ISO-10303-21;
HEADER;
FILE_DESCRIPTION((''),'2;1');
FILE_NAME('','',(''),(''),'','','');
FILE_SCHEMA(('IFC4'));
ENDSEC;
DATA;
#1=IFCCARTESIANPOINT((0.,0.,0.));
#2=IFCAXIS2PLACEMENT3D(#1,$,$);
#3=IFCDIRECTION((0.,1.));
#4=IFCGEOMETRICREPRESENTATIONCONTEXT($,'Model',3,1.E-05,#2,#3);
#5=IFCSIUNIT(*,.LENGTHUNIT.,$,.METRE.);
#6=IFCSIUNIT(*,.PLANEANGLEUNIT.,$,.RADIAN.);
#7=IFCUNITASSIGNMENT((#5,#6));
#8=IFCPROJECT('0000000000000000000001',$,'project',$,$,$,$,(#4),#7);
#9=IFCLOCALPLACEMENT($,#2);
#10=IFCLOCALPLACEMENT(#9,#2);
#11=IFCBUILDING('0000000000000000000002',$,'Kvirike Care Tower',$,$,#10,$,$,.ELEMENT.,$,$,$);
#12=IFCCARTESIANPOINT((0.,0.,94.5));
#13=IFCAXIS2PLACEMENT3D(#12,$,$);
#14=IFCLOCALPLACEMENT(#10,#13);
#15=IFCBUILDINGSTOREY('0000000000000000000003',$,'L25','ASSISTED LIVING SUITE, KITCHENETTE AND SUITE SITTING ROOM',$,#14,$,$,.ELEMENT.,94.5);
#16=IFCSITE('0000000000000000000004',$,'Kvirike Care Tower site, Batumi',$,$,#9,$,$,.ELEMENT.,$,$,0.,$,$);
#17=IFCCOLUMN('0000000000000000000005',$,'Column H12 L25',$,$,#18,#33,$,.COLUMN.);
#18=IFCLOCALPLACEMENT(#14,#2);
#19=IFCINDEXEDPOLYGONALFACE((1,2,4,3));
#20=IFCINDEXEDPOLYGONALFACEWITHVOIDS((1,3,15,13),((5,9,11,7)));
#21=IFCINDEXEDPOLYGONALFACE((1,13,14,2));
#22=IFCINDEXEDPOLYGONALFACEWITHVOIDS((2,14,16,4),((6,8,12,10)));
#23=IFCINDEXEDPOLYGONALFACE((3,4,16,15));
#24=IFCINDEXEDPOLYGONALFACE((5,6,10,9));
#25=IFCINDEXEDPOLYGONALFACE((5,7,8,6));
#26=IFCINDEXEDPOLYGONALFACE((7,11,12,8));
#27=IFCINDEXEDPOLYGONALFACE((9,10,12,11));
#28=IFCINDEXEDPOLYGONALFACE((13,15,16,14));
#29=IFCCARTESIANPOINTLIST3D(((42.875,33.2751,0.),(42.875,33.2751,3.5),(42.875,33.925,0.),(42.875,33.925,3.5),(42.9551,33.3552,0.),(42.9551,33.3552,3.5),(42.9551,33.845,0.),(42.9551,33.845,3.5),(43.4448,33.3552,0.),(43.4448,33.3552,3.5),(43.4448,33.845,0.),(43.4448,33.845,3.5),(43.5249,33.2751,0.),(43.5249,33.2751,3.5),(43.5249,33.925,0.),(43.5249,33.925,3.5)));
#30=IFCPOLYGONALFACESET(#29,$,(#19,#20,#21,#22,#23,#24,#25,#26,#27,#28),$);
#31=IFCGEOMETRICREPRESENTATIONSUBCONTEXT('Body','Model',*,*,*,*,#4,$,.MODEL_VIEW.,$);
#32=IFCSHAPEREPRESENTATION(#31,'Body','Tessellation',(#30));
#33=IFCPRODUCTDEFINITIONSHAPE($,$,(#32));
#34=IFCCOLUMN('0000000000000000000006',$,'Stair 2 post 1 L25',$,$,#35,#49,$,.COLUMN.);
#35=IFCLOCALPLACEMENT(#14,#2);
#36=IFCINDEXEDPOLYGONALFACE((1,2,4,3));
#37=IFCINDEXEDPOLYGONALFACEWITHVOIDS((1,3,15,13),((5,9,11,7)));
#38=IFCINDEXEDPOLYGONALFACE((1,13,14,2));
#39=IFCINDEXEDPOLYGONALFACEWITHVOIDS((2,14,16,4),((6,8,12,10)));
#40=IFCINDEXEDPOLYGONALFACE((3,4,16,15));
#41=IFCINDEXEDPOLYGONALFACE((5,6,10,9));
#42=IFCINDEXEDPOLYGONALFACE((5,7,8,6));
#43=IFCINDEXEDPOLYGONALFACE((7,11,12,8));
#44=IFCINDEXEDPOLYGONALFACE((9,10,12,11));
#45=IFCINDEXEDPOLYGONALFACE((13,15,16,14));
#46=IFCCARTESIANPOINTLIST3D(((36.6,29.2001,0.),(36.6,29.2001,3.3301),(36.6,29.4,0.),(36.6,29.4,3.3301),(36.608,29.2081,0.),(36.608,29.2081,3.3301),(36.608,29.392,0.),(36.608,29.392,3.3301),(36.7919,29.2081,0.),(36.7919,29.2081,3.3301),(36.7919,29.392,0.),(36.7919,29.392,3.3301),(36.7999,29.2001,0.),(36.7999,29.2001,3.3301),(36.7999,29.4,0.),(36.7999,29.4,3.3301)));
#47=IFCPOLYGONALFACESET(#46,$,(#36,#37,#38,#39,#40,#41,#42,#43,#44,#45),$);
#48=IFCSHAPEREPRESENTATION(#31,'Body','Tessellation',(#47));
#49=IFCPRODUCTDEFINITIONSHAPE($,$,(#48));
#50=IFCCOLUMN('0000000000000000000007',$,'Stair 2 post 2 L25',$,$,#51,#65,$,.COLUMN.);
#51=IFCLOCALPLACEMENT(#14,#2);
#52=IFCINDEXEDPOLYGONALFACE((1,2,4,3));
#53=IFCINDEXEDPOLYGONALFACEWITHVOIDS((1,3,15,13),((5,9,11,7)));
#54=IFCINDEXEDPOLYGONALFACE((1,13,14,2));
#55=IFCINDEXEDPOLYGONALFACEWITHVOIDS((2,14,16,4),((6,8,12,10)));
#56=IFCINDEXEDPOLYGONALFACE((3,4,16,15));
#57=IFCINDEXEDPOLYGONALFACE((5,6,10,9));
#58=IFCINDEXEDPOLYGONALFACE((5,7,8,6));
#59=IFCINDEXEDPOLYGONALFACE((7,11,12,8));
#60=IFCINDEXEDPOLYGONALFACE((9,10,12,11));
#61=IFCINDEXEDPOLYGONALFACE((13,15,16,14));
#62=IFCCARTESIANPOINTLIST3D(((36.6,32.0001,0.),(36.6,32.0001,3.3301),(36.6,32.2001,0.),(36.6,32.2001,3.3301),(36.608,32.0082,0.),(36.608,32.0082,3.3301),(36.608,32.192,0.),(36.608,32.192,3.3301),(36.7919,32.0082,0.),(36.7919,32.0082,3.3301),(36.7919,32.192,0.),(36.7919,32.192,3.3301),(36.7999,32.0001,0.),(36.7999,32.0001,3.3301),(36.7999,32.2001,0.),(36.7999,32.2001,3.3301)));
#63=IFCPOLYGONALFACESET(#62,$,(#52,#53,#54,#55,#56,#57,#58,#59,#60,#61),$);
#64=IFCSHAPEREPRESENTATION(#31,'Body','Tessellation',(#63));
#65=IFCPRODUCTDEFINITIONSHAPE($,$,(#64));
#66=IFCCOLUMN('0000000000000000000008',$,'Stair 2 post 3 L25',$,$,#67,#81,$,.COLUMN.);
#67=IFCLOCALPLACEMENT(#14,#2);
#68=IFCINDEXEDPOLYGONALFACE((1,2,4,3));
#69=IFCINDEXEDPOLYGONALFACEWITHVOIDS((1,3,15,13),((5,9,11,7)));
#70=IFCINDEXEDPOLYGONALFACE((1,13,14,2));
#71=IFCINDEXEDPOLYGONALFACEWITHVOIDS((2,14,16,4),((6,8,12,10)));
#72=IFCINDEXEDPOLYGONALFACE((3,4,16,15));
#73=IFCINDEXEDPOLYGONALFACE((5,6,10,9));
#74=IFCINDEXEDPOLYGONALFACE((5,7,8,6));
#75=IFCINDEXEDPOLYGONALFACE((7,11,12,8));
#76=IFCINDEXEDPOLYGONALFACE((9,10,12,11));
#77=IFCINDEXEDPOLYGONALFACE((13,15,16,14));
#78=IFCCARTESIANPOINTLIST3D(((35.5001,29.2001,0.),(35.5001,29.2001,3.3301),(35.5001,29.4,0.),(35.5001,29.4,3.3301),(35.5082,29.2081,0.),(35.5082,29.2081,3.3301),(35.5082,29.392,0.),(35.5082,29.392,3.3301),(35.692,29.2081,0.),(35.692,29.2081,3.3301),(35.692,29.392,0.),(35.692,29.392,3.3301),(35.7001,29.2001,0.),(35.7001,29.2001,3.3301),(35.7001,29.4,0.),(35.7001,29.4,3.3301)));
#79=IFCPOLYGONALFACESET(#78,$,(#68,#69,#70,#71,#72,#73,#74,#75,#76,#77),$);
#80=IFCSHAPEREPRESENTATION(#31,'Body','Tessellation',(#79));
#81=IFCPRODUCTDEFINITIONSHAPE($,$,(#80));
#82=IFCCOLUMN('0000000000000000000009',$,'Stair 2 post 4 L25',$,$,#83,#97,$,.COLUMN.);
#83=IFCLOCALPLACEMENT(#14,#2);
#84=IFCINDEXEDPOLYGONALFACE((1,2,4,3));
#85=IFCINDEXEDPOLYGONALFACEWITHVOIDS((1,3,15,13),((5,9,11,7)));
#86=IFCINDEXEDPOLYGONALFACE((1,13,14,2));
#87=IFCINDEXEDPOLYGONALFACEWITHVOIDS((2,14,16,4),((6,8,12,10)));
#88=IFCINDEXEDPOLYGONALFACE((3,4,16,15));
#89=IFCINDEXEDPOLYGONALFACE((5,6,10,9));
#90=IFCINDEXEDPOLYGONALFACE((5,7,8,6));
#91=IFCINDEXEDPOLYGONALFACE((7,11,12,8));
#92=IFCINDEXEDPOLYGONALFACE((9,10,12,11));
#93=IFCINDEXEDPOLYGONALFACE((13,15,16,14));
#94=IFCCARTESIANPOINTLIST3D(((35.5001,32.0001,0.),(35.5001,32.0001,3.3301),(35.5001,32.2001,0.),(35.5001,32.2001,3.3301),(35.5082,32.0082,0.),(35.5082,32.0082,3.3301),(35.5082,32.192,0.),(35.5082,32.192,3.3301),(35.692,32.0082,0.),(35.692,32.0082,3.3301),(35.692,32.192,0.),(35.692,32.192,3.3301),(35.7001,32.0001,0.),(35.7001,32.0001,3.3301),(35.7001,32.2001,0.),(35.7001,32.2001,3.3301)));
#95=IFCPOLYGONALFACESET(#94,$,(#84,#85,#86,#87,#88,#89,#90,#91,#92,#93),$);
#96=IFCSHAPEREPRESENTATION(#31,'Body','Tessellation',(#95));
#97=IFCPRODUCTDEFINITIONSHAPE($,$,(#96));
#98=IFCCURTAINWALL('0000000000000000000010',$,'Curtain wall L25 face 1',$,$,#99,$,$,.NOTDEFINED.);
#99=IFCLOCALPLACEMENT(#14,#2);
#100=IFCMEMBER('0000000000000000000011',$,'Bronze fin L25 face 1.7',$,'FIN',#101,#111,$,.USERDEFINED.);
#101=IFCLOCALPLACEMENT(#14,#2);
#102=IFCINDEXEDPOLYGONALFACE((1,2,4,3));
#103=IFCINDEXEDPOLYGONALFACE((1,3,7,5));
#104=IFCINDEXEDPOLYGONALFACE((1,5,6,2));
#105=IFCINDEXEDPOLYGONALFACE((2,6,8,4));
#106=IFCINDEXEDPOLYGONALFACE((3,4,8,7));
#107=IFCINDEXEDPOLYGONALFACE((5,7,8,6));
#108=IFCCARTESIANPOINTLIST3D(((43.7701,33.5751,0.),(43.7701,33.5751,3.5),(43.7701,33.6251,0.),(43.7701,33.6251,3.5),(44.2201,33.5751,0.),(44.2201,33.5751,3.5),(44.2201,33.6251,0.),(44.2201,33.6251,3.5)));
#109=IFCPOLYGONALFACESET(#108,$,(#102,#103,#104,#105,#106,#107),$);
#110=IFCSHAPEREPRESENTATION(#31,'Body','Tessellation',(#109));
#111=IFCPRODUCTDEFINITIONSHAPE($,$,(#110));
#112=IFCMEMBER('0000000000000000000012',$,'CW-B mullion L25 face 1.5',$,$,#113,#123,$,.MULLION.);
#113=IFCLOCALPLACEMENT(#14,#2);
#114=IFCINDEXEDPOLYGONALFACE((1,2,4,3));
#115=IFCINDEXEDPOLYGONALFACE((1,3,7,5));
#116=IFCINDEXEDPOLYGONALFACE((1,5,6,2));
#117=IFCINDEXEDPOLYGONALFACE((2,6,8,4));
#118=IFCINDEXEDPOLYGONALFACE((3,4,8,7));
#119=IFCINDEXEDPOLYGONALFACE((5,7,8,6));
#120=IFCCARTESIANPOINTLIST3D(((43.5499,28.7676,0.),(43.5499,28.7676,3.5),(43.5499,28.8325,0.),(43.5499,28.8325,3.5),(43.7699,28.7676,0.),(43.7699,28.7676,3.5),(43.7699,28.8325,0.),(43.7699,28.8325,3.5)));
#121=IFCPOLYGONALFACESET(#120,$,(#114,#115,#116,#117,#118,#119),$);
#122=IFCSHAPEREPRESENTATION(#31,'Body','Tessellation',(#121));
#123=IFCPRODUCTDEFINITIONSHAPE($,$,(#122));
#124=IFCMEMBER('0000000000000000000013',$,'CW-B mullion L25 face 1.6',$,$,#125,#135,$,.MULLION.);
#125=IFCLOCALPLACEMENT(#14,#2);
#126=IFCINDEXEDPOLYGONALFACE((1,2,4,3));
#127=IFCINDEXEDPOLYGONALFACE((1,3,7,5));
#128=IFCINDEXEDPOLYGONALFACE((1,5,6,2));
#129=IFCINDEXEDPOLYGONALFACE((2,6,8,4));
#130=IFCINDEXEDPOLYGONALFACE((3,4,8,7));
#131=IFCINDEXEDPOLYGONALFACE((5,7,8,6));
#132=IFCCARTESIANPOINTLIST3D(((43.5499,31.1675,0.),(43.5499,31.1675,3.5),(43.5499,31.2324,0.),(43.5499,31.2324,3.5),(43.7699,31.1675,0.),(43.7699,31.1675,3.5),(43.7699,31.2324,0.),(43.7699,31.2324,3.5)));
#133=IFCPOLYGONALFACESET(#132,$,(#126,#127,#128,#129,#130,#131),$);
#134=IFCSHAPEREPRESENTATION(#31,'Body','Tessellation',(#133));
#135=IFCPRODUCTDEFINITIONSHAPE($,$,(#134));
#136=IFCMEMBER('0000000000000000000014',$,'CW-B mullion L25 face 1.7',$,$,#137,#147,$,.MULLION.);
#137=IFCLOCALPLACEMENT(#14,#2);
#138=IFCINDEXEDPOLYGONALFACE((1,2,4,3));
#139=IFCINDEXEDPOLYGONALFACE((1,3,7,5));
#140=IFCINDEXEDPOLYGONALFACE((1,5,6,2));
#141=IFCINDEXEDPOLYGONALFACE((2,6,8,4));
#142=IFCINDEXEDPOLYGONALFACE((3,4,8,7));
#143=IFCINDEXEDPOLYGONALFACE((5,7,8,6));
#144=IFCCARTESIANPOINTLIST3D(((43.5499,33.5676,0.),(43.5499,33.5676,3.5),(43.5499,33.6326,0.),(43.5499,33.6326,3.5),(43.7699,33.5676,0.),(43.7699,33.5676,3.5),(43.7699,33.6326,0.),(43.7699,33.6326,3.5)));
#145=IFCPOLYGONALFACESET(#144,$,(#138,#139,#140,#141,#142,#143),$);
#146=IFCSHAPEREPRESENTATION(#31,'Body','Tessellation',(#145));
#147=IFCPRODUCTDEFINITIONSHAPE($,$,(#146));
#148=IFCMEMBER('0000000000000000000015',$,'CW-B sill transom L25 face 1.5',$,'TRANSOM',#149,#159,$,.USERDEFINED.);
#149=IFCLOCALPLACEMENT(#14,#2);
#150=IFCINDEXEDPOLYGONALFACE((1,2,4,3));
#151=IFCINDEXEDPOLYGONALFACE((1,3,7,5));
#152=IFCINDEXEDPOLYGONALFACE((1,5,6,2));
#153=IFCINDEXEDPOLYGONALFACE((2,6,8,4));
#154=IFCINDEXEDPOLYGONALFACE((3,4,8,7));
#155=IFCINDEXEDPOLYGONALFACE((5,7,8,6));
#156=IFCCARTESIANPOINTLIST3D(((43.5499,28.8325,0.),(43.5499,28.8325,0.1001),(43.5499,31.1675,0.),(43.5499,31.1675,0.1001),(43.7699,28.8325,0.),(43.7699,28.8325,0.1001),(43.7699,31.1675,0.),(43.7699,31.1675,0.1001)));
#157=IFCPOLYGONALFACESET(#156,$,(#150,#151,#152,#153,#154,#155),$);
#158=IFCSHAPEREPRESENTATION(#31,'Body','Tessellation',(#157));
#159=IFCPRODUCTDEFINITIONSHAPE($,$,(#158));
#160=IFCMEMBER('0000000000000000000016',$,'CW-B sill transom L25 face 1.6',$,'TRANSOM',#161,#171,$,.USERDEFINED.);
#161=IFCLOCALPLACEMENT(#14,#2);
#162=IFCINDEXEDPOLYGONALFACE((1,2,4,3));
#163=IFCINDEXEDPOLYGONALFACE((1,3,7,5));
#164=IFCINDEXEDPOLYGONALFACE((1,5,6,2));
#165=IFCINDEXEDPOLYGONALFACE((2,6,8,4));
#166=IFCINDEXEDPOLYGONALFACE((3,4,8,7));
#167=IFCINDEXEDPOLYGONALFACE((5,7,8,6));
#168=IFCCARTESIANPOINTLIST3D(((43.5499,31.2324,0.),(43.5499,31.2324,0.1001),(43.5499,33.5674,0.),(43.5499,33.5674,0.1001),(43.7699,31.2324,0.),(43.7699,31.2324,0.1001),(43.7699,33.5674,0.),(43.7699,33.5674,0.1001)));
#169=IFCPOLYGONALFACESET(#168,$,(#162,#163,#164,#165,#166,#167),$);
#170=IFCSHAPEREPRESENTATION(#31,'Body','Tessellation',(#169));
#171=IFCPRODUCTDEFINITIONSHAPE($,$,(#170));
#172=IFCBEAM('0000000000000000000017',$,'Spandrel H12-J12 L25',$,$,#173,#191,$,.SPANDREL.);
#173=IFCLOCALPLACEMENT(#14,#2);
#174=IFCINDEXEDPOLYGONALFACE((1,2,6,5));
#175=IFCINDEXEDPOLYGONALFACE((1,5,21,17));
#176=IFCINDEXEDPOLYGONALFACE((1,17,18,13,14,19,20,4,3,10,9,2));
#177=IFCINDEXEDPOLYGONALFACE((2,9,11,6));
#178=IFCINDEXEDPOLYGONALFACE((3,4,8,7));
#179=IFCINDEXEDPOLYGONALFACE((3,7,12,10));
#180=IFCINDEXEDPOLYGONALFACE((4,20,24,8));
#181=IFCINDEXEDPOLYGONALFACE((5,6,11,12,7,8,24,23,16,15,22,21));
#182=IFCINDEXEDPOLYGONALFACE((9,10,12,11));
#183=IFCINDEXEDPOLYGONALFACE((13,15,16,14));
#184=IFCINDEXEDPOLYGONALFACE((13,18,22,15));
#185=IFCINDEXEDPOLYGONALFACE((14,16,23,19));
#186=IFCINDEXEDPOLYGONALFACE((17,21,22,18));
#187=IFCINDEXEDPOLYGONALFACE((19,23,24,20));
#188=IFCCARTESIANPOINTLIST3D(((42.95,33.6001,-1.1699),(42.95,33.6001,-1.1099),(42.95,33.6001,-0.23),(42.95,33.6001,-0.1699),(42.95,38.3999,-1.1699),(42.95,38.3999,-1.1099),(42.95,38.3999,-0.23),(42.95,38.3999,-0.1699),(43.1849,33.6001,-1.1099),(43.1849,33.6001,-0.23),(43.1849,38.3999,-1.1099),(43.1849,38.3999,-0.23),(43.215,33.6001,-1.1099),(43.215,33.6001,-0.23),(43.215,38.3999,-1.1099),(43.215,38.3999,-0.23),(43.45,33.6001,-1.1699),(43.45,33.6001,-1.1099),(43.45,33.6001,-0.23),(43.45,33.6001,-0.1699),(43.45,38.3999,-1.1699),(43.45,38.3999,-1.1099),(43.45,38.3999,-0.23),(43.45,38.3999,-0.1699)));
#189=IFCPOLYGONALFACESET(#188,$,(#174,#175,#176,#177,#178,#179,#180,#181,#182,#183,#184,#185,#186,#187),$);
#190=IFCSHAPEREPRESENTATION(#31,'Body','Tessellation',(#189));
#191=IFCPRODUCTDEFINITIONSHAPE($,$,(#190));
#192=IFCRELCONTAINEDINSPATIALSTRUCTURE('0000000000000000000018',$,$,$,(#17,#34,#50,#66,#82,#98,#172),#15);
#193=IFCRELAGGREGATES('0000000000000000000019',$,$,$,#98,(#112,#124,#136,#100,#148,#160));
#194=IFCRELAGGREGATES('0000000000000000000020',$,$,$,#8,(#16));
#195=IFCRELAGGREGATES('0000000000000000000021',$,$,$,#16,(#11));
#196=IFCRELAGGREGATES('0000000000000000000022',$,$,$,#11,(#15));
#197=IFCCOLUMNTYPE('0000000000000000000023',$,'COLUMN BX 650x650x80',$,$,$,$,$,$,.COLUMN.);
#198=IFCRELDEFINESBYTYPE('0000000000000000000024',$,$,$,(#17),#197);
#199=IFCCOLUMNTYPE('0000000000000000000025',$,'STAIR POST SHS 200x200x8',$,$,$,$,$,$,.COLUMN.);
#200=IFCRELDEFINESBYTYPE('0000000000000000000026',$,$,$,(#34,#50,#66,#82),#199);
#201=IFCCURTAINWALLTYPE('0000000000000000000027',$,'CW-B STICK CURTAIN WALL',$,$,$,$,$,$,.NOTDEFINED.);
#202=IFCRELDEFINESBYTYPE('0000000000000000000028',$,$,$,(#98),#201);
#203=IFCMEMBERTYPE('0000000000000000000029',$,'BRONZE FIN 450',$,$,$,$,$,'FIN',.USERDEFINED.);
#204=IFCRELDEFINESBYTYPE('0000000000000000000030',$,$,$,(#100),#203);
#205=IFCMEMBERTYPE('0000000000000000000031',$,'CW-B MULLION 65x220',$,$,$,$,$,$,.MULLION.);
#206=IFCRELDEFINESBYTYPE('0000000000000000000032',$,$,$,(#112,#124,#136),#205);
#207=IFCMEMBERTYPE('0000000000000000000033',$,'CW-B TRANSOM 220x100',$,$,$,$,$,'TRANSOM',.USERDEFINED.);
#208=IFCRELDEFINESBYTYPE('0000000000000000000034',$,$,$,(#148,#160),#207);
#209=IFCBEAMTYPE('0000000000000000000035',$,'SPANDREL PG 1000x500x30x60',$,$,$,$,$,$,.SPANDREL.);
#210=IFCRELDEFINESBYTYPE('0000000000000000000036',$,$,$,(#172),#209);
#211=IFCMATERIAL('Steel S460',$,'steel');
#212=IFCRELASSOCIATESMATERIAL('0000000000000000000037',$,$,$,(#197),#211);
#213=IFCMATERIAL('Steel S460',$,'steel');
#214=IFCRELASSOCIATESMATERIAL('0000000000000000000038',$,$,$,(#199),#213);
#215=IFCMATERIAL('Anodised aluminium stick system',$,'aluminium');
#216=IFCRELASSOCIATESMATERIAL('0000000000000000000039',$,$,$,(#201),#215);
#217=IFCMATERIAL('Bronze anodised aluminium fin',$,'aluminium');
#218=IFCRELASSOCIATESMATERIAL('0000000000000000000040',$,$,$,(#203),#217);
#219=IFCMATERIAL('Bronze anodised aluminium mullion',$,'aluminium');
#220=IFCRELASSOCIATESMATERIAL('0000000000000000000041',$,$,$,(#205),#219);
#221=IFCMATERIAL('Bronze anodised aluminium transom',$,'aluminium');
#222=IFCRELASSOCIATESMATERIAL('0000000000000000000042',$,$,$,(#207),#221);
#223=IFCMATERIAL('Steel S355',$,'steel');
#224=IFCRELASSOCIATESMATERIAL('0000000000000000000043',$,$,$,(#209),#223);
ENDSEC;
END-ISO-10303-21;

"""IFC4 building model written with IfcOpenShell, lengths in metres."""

from ifc_helpers import new_model, si_unit, direction, frame, origin, origin_2d, place, context, subcontext, project, spatial, rectangle, hollow_rectangle, i_section, extrude, material, material_profile, profile_set, type_object, element, aggregate, save


model = new_model("IFC4")

# Units and contexts
model_context = context("Model", 3, precision=1e-05, world=origin(), true_north=direction((0.0, 1.0)))
body_context = subcontext(model_context, "Body", "Model", "MODEL_VIEW")
ifc_project = project(units=[si_unit("LENGTHUNIT", "METRE"), si_unit("PLANEANGLEUNIT", "RADIAN")], contexts=[model_context])

# Site, building, storey
site_placement = place(None, origin())
site = spatial("IfcSite", under=ifc_project, at=site_placement, Name="Kvirike Care Tower site, Batumi", CompositionType="ELEMENT", RefElevation=0.0)
building_placement = place(site_placement, origin())
building = spatial("IfcBuilding", under=site, at=building_placement, Name="Kvirike Care Tower", CompositionType="ELEMENT")
storey_placement = place(building_placement, frame((0.0, 0.0, 94.5)))
storey = spatial("IfcBuildingStorey", under=building, at=storey_placement, Name="L25", Description="ASSISTED LIVING SUITE, KITCHENETTE AND SUITE SITTING ROOM", CompositionType="ELEMENT", Elevation=94.5)

# Columns
ifc_material_1 = material(Name="Steel S460", Category="steel")
ifc_material_profile_1 = material_profile(ifc_material_1, hollow_rectangle(XDim=0.6499, YDim=0.6499, WallThickness=0.0801, at=origin_2d()), Name="BX 650x650x80")
ifc_profile_set_1 = profile_set([ifc_material_profile_1], Name="Steel S460")
column_type_1 = type_object("IfcColumnType", Name="COLUMN BX 650x650x80", PredefinedType="COLUMN", material=ifc_profile_set_1)
column_placement = place(storey_placement, frame((43.2, 33.6001, 0.0), z_axis=(0.0, 0.0, 1.0), x_axis=(1.0, 0.0, 0.0)))
element("IfcColumn", 1, at=column_placement, inside=storey, type_object=column_type_1, Name="Column H12 L25", PredefinedType="COLUMN", context=body_context, shape_type="SweptSolid", body=[
    extrude(hollow_rectangle(XDim=0.6499, YDim=0.6499, WallThickness=0.0801, at=origin_2d()), origin(), (0.0, 0.0, 1.0), 3.5),
])
ifc_material_2 = material(Name="Steel S460", Category="steel")
ifc_material_profile_2 = material_profile(ifc_material_2, hollow_rectangle(XDim=0.2, YDim=0.2, WallThickness=0.0081, at=origin_2d()), Name="SHS 200x200x8")
ifc_profile_set_2 = profile_set([ifc_material_profile_2], Name="Steel S460")
column_type_2 = type_object("IfcColumnType", Name="STAIR POST SHS 200x200x8", PredefinedType="COLUMN", material=ifc_profile_set_2)
for number, where, z_axis, x_axis, name in (
    (2, (36.7, 29.3, 0.0), (0.0, 0.0, 1.0), (1.0, 0.0, 0.0), "Stair 2 post 1 L25"),
    (3, (36.7, 32.1001, 0.0), (0.0, 0.0, 1.0), (1.0, 0.0, 0.0), "Stair 2 post 2 L25"),
    (4, (35.6001, 29.3, 0.0), (0.0, 0.0, 1.0), (1.0, 0.0, 0.0), "Stair 2 post 3 L25"),
    (5, (35.6001, 32.1001, 0.0), (0.0, 0.0, 1.0), (1.0, 0.0, 0.0), "Stair 2 post 4 L25"),
):
    element("IfcColumn", number, at=place(storey_placement, frame(where, z_axis=z_axis, x_axis=x_axis)), inside=storey, type_object=column_type_2, Name=name, PredefinedType="COLUMN", context=body_context, shape_type="SweptSolid", body=[
        extrude(hollow_rectangle(XDim=0.2, YDim=0.2, WallThickness=0.0081, at=origin_2d()), origin(), (0.0, 0.0, 1.0), 3.3301),
    ])

# Curtain wall, members
ifc_material_3 = material(Name="Anodised aluminium stick system", Category="aluminium")
curtain_wall_type = type_object("IfcCurtainWallType", Name="CW-B STICK CURTAIN WALL", PredefinedType="NOTDEFINED", material=ifc_material_3)
curtain_wall_placement = place(storey_placement, origin())
curtain_wall = element("IfcCurtainWall", 6, at=curtain_wall_placement, inside=storey, type_object=curtain_wall_type, Name="Curtain wall L25 face 1", PredefinedType="NOTDEFINED")
ifc_material_4 = material(Name="Bronze anodised aluminium fin", Category="aluminium")
ifc_material_profile_3 = material_profile(ifc_material_4, rectangle(XDim=0.05, YDim=0.45, at=origin_2d()), Name="BRONZE FIN 450")
ifc_profile_set_3 = profile_set([ifc_material_profile_3], Name="Bronze anodised aluminium fin")
member_type_1 = type_object("IfcMemberType", Name="BRONZE FIN 450", ElementType="FIN", PredefinedType="USERDEFINED", material=ifc_profile_set_3)
member_1_placement = place(storey_placement, frame((43.9951, 33.6001, 0.0), z_axis=(0.0, 0.0, 1.0), x_axis=(0.0, 1.0, 0.0)))
member_1 = element("IfcMember", 7, at=member_1_placement, type_object=member_type_1, Name="Bronze fin L25 face 1.7", ObjectType="FIN", PredefinedType="USERDEFINED", context=body_context, shape_type="SweptSolid", body=[
    extrude(rectangle(XDim=0.05, YDim=0.45, at=origin_2d()), origin(), (0.0, 0.0, 1.0), 3.5),
])
ifc_material_5 = material(Name="Bronze anodised aluminium mullion", Category="aluminium")
ifc_material_profile_4 = material_profile(ifc_material_5, rectangle(XDim=0.0649, YDim=0.22, at=origin_2d()), Name="CW-B MULLION 65x220")
ifc_profile_set_4 = profile_set([ifc_material_profile_4], Name="Bronze anodised aluminium mullion")
member_type_2 = type_object("IfcMemberType", Name="CW-B MULLION 65x220", PredefinedType="MULLION", material=ifc_profile_set_4)
member_2_placement = place(storey_placement, frame((43.6599, 28.8, 0.0), z_axis=(0.0, 0.0, 1.0), x_axis=(0.0, 1.0, 0.0)))
member_2 = element("IfcMember", 8, at=member_2_placement, type_object=member_type_2, Name="CW-B mullion L25 face 1.5", PredefinedType="MULLION", context=body_context, shape_type="SweptSolid", body=[
    extrude(rectangle(XDim=0.0649, YDim=0.22, at=origin_2d()), origin(), (0.0, 0.0, 1.0), 3.5),
])
member_3_placement = place(storey_placement, frame((43.6599, 31.2, 0.0), z_axis=(0.0, 0.0, 1.0), x_axis=(0.0, 1.0, 0.0)))
member_3 = element("IfcMember", 9, at=member_3_placement, type_object=member_type_2, Name="CW-B mullion L25 face 1.6", PredefinedType="MULLION", context=body_context, shape_type="SweptSolid", body=[
    extrude(rectangle(XDim=0.0649, YDim=0.22, at=origin_2d()), origin(), (0.0, 0.0, 1.0), 3.5),
])
member_4_placement = place(storey_placement, frame((43.6599, 33.6001, 0.0), z_axis=(0.0, 0.0, 1.0), x_axis=(0.0, 1.0, 0.0)))
member_4 = element("IfcMember", 10, at=member_4_placement, type_object=member_type_2, Name="CW-B mullion L25 face 1.7", PredefinedType="MULLION", context=body_context, shape_type="SweptSolid", body=[
    extrude(rectangle(XDim=0.0649, YDim=0.22, at=origin_2d()), origin(), (0.0, 0.0, 1.0), 3.5),
])
ifc_material_6 = material(Name="Bronze anodised aluminium transom", Category="aluminium")
ifc_material_profile_5 = material_profile(ifc_material_6, rectangle(XDim=0.22, YDim=0.1001, at=origin_2d()), Name="CW-B TRANSOM 220x100")
ifc_profile_set_5 = profile_set([ifc_material_profile_5], Name="Bronze anodised aluminium transom")
member_type_3 = type_object("IfcMemberType", Name="CW-B TRANSOM 220x100", ElementType="TRANSOM", PredefinedType="USERDEFINED", material=ifc_profile_set_5)
member_5_placement = place(storey_placement, frame((43.6599, 28.8325, 0.05), z_axis=(0.0, 1.0, 0.0), x_axis=(-1.0, 0.0, 0.0)))
member_5 = element("IfcMember", 11, at=member_5_placement, type_object=member_type_3, Name="CW-B sill transom L25 face 1.5", ObjectType="TRANSOM", PredefinedType="USERDEFINED", context=body_context, shape_type="SweptSolid", body=[
    extrude(rectangle(XDim=0.22, YDim=0.1001, at=origin_2d()), origin(), (0.0, 0.0, 1.0), 2.335),
])
member_6_placement = place(storey_placement, frame((43.6599, 31.2324, 0.05), z_axis=(0.0, 1.0, 0.0), x_axis=(-1.0, 0.0, 0.0)))
member_6 = element("IfcMember", 12, at=member_6_placement, type_object=member_type_3, Name="CW-B sill transom L25 face 1.6", ObjectType="TRANSOM", PredefinedType="USERDEFINED", context=body_context, shape_type="SweptSolid", body=[
    extrude(rectangle(XDim=0.22, YDim=0.1001, at=origin_2d()), origin(), (0.0, 0.0, 1.0), 2.335),
])

# Beam
ifc_material_7 = material(Name="Steel S355", Category="steel")
ifc_material_profile_6 = material_profile(ifc_material_7, i_section(OverallWidth=0.5, OverallDepth=1.0, WebThickness=0.03, FlangeThickness=0.0601, at=origin_2d()), Name="PG 1000x500x30x60")
ifc_profile_set_6 = profile_set([ifc_material_profile_6], Name="Steel S355")
beam_type_1 = type_object("IfcBeamType", Name="SPANDREL PG 1000x500x30x60", PredefinedType="SPANDREL", material=ifc_profile_set_6)
beam_placement = place(storey_placement, frame((43.2, 33.6001, -0.6699), z_axis=(0.0, 1.0, 0.0), x_axis=(-1.0, 0.0, 0.0)))
element("IfcBeam", 13, at=beam_placement, inside=storey, type_object=beam_type_1, Name="Spandrel H12-J12 L25", PredefinedType="SPANDREL", context=body_context, shape_type="SweptSolid", body=[
    extrude(i_section(OverallWidth=0.5, OverallDepth=1.0, WebThickness=0.03, FlangeThickness=0.0601, at=origin_2d()), origin(), (0.0, 0.0, 1.0), 4.7998),
])

aggregate(curtain_wall, [member_2, member_3, member_4, member_1, member_5, member_6])

save(model, "model.ifc")
